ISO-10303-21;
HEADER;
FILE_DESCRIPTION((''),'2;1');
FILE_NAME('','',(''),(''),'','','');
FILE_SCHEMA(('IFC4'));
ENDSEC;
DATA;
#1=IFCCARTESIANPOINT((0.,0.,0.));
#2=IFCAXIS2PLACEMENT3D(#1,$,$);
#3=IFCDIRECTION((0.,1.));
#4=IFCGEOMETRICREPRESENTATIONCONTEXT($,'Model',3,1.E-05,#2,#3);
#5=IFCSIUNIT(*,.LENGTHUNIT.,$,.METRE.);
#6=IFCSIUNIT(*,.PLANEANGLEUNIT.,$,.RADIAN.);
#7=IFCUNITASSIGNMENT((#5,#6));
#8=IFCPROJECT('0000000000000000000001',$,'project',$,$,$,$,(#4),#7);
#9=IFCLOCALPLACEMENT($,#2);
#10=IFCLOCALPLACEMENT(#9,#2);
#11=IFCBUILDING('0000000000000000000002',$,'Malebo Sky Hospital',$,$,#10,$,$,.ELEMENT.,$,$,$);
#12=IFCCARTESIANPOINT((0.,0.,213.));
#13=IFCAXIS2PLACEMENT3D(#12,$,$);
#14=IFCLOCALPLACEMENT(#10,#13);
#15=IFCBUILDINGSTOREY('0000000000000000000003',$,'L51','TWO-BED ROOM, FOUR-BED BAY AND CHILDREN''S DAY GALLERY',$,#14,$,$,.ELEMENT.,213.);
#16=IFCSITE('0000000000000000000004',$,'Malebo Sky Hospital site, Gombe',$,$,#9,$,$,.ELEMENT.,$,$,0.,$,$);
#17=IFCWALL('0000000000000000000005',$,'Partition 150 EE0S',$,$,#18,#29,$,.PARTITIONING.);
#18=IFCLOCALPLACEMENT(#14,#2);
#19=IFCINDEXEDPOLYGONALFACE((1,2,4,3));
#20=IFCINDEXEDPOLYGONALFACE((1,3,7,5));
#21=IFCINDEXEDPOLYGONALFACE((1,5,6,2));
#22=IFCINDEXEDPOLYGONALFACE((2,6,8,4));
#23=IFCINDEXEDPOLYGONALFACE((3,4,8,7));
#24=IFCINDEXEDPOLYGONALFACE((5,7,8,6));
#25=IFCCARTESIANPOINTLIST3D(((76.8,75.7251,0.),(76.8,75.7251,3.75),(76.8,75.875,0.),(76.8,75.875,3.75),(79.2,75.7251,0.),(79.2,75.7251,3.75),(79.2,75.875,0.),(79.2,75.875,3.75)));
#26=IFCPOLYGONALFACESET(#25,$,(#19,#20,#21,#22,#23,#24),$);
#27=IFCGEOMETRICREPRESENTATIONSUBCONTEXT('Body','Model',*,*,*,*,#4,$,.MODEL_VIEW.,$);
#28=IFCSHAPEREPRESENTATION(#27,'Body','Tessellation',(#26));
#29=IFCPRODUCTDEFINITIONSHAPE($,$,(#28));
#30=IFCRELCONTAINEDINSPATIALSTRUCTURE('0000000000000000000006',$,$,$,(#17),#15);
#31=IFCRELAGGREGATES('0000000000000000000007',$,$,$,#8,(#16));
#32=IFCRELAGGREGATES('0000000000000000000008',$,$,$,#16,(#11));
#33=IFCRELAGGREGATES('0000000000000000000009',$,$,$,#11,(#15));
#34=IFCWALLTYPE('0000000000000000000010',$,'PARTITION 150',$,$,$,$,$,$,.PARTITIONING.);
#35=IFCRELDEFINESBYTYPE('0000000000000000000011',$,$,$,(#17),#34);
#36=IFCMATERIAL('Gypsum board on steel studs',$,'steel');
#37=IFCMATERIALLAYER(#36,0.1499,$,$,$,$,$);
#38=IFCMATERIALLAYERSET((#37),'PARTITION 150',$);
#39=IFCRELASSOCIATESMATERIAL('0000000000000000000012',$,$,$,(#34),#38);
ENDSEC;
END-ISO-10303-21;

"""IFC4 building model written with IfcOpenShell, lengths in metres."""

from ifc_helpers import new_model, si_unit, direction, frame, frame_2d, origin, place, context, subcontext, project, spatial, rectangle, extrude, material, layer, layer_set, type_object, element, save


model = new_model("IFC4")

# Units and contexts
model_context = context("Model", 3, precision=1e-05, world=origin(), true_north=direction((0.0, 1.0)))
body_context = subcontext(model_context, "Body", "Model", "MODEL_VIEW")
ifc_project = project(units=[si_unit("LENGTHUNIT", "METRE"), si_unit("PLANEANGLEUNIT", "RADIAN")], contexts=[model_context])

# Site, building, storey
site_placement = place(None, origin())
site = spatial("IfcSite", under=ifc_project, at=site_placement, Name="Malebo Sky Hospital site, Gombe", CompositionType="ELEMENT", RefElevation=0.0)
building_placement = place(site_placement, origin())
building = spatial("IfcBuilding", under=site, at=building_placement, Name="Malebo Sky Hospital", CompositionType="ELEMENT")
storey_placement = place(building_placement, frame((0.0, 0.0, 213.0)))
storey = spatial("IfcBuildingStorey", under=building, at=storey_placement, Name="L51", Description="TWO-BED ROOM, FOUR-BED BAY AND CHILDREN'S DAY GALLERY", CompositionType="ELEMENT", Elevation=213.0)

# Shared definitions
ifc_material_1 = material(Name="Gypsum board on steel studs", Category="steel")

# Shared definitions
ifc_layer_1 = layer(ifc_material_1, 0.1499)
ifc_layer_set_1 = layer_set([ifc_layer_1], Name="PARTITION 150")
wall_type_1 = type_object("IfcWallType", Name="PARTITION 150", PredefinedType="PARTITIONING", material=ifc_layer_set_1)

# Wall
wall_1_placement = place(storey_placement, frame((76.8, 75.8, 0.0), z_axis=(0.0, 0.0, 1.0), x_axis=(1.0, 0.0, 0.0)))
element("IfcWall", 1, at=wall_1_placement, inside=storey, type_object=wall_type_1, Name="Partition 150 EE0S", PredefinedType="PARTITIONING", context=body_context, shape_type="SweptSolid", body=[
    extrude(rectangle(XDim=2.3999, YDim=0.1499, at=frame_2d((1.2, 0.0))), origin(), (0.0, 0.0, 1.0), 3.75),
])

save(model, "model.ifc")
